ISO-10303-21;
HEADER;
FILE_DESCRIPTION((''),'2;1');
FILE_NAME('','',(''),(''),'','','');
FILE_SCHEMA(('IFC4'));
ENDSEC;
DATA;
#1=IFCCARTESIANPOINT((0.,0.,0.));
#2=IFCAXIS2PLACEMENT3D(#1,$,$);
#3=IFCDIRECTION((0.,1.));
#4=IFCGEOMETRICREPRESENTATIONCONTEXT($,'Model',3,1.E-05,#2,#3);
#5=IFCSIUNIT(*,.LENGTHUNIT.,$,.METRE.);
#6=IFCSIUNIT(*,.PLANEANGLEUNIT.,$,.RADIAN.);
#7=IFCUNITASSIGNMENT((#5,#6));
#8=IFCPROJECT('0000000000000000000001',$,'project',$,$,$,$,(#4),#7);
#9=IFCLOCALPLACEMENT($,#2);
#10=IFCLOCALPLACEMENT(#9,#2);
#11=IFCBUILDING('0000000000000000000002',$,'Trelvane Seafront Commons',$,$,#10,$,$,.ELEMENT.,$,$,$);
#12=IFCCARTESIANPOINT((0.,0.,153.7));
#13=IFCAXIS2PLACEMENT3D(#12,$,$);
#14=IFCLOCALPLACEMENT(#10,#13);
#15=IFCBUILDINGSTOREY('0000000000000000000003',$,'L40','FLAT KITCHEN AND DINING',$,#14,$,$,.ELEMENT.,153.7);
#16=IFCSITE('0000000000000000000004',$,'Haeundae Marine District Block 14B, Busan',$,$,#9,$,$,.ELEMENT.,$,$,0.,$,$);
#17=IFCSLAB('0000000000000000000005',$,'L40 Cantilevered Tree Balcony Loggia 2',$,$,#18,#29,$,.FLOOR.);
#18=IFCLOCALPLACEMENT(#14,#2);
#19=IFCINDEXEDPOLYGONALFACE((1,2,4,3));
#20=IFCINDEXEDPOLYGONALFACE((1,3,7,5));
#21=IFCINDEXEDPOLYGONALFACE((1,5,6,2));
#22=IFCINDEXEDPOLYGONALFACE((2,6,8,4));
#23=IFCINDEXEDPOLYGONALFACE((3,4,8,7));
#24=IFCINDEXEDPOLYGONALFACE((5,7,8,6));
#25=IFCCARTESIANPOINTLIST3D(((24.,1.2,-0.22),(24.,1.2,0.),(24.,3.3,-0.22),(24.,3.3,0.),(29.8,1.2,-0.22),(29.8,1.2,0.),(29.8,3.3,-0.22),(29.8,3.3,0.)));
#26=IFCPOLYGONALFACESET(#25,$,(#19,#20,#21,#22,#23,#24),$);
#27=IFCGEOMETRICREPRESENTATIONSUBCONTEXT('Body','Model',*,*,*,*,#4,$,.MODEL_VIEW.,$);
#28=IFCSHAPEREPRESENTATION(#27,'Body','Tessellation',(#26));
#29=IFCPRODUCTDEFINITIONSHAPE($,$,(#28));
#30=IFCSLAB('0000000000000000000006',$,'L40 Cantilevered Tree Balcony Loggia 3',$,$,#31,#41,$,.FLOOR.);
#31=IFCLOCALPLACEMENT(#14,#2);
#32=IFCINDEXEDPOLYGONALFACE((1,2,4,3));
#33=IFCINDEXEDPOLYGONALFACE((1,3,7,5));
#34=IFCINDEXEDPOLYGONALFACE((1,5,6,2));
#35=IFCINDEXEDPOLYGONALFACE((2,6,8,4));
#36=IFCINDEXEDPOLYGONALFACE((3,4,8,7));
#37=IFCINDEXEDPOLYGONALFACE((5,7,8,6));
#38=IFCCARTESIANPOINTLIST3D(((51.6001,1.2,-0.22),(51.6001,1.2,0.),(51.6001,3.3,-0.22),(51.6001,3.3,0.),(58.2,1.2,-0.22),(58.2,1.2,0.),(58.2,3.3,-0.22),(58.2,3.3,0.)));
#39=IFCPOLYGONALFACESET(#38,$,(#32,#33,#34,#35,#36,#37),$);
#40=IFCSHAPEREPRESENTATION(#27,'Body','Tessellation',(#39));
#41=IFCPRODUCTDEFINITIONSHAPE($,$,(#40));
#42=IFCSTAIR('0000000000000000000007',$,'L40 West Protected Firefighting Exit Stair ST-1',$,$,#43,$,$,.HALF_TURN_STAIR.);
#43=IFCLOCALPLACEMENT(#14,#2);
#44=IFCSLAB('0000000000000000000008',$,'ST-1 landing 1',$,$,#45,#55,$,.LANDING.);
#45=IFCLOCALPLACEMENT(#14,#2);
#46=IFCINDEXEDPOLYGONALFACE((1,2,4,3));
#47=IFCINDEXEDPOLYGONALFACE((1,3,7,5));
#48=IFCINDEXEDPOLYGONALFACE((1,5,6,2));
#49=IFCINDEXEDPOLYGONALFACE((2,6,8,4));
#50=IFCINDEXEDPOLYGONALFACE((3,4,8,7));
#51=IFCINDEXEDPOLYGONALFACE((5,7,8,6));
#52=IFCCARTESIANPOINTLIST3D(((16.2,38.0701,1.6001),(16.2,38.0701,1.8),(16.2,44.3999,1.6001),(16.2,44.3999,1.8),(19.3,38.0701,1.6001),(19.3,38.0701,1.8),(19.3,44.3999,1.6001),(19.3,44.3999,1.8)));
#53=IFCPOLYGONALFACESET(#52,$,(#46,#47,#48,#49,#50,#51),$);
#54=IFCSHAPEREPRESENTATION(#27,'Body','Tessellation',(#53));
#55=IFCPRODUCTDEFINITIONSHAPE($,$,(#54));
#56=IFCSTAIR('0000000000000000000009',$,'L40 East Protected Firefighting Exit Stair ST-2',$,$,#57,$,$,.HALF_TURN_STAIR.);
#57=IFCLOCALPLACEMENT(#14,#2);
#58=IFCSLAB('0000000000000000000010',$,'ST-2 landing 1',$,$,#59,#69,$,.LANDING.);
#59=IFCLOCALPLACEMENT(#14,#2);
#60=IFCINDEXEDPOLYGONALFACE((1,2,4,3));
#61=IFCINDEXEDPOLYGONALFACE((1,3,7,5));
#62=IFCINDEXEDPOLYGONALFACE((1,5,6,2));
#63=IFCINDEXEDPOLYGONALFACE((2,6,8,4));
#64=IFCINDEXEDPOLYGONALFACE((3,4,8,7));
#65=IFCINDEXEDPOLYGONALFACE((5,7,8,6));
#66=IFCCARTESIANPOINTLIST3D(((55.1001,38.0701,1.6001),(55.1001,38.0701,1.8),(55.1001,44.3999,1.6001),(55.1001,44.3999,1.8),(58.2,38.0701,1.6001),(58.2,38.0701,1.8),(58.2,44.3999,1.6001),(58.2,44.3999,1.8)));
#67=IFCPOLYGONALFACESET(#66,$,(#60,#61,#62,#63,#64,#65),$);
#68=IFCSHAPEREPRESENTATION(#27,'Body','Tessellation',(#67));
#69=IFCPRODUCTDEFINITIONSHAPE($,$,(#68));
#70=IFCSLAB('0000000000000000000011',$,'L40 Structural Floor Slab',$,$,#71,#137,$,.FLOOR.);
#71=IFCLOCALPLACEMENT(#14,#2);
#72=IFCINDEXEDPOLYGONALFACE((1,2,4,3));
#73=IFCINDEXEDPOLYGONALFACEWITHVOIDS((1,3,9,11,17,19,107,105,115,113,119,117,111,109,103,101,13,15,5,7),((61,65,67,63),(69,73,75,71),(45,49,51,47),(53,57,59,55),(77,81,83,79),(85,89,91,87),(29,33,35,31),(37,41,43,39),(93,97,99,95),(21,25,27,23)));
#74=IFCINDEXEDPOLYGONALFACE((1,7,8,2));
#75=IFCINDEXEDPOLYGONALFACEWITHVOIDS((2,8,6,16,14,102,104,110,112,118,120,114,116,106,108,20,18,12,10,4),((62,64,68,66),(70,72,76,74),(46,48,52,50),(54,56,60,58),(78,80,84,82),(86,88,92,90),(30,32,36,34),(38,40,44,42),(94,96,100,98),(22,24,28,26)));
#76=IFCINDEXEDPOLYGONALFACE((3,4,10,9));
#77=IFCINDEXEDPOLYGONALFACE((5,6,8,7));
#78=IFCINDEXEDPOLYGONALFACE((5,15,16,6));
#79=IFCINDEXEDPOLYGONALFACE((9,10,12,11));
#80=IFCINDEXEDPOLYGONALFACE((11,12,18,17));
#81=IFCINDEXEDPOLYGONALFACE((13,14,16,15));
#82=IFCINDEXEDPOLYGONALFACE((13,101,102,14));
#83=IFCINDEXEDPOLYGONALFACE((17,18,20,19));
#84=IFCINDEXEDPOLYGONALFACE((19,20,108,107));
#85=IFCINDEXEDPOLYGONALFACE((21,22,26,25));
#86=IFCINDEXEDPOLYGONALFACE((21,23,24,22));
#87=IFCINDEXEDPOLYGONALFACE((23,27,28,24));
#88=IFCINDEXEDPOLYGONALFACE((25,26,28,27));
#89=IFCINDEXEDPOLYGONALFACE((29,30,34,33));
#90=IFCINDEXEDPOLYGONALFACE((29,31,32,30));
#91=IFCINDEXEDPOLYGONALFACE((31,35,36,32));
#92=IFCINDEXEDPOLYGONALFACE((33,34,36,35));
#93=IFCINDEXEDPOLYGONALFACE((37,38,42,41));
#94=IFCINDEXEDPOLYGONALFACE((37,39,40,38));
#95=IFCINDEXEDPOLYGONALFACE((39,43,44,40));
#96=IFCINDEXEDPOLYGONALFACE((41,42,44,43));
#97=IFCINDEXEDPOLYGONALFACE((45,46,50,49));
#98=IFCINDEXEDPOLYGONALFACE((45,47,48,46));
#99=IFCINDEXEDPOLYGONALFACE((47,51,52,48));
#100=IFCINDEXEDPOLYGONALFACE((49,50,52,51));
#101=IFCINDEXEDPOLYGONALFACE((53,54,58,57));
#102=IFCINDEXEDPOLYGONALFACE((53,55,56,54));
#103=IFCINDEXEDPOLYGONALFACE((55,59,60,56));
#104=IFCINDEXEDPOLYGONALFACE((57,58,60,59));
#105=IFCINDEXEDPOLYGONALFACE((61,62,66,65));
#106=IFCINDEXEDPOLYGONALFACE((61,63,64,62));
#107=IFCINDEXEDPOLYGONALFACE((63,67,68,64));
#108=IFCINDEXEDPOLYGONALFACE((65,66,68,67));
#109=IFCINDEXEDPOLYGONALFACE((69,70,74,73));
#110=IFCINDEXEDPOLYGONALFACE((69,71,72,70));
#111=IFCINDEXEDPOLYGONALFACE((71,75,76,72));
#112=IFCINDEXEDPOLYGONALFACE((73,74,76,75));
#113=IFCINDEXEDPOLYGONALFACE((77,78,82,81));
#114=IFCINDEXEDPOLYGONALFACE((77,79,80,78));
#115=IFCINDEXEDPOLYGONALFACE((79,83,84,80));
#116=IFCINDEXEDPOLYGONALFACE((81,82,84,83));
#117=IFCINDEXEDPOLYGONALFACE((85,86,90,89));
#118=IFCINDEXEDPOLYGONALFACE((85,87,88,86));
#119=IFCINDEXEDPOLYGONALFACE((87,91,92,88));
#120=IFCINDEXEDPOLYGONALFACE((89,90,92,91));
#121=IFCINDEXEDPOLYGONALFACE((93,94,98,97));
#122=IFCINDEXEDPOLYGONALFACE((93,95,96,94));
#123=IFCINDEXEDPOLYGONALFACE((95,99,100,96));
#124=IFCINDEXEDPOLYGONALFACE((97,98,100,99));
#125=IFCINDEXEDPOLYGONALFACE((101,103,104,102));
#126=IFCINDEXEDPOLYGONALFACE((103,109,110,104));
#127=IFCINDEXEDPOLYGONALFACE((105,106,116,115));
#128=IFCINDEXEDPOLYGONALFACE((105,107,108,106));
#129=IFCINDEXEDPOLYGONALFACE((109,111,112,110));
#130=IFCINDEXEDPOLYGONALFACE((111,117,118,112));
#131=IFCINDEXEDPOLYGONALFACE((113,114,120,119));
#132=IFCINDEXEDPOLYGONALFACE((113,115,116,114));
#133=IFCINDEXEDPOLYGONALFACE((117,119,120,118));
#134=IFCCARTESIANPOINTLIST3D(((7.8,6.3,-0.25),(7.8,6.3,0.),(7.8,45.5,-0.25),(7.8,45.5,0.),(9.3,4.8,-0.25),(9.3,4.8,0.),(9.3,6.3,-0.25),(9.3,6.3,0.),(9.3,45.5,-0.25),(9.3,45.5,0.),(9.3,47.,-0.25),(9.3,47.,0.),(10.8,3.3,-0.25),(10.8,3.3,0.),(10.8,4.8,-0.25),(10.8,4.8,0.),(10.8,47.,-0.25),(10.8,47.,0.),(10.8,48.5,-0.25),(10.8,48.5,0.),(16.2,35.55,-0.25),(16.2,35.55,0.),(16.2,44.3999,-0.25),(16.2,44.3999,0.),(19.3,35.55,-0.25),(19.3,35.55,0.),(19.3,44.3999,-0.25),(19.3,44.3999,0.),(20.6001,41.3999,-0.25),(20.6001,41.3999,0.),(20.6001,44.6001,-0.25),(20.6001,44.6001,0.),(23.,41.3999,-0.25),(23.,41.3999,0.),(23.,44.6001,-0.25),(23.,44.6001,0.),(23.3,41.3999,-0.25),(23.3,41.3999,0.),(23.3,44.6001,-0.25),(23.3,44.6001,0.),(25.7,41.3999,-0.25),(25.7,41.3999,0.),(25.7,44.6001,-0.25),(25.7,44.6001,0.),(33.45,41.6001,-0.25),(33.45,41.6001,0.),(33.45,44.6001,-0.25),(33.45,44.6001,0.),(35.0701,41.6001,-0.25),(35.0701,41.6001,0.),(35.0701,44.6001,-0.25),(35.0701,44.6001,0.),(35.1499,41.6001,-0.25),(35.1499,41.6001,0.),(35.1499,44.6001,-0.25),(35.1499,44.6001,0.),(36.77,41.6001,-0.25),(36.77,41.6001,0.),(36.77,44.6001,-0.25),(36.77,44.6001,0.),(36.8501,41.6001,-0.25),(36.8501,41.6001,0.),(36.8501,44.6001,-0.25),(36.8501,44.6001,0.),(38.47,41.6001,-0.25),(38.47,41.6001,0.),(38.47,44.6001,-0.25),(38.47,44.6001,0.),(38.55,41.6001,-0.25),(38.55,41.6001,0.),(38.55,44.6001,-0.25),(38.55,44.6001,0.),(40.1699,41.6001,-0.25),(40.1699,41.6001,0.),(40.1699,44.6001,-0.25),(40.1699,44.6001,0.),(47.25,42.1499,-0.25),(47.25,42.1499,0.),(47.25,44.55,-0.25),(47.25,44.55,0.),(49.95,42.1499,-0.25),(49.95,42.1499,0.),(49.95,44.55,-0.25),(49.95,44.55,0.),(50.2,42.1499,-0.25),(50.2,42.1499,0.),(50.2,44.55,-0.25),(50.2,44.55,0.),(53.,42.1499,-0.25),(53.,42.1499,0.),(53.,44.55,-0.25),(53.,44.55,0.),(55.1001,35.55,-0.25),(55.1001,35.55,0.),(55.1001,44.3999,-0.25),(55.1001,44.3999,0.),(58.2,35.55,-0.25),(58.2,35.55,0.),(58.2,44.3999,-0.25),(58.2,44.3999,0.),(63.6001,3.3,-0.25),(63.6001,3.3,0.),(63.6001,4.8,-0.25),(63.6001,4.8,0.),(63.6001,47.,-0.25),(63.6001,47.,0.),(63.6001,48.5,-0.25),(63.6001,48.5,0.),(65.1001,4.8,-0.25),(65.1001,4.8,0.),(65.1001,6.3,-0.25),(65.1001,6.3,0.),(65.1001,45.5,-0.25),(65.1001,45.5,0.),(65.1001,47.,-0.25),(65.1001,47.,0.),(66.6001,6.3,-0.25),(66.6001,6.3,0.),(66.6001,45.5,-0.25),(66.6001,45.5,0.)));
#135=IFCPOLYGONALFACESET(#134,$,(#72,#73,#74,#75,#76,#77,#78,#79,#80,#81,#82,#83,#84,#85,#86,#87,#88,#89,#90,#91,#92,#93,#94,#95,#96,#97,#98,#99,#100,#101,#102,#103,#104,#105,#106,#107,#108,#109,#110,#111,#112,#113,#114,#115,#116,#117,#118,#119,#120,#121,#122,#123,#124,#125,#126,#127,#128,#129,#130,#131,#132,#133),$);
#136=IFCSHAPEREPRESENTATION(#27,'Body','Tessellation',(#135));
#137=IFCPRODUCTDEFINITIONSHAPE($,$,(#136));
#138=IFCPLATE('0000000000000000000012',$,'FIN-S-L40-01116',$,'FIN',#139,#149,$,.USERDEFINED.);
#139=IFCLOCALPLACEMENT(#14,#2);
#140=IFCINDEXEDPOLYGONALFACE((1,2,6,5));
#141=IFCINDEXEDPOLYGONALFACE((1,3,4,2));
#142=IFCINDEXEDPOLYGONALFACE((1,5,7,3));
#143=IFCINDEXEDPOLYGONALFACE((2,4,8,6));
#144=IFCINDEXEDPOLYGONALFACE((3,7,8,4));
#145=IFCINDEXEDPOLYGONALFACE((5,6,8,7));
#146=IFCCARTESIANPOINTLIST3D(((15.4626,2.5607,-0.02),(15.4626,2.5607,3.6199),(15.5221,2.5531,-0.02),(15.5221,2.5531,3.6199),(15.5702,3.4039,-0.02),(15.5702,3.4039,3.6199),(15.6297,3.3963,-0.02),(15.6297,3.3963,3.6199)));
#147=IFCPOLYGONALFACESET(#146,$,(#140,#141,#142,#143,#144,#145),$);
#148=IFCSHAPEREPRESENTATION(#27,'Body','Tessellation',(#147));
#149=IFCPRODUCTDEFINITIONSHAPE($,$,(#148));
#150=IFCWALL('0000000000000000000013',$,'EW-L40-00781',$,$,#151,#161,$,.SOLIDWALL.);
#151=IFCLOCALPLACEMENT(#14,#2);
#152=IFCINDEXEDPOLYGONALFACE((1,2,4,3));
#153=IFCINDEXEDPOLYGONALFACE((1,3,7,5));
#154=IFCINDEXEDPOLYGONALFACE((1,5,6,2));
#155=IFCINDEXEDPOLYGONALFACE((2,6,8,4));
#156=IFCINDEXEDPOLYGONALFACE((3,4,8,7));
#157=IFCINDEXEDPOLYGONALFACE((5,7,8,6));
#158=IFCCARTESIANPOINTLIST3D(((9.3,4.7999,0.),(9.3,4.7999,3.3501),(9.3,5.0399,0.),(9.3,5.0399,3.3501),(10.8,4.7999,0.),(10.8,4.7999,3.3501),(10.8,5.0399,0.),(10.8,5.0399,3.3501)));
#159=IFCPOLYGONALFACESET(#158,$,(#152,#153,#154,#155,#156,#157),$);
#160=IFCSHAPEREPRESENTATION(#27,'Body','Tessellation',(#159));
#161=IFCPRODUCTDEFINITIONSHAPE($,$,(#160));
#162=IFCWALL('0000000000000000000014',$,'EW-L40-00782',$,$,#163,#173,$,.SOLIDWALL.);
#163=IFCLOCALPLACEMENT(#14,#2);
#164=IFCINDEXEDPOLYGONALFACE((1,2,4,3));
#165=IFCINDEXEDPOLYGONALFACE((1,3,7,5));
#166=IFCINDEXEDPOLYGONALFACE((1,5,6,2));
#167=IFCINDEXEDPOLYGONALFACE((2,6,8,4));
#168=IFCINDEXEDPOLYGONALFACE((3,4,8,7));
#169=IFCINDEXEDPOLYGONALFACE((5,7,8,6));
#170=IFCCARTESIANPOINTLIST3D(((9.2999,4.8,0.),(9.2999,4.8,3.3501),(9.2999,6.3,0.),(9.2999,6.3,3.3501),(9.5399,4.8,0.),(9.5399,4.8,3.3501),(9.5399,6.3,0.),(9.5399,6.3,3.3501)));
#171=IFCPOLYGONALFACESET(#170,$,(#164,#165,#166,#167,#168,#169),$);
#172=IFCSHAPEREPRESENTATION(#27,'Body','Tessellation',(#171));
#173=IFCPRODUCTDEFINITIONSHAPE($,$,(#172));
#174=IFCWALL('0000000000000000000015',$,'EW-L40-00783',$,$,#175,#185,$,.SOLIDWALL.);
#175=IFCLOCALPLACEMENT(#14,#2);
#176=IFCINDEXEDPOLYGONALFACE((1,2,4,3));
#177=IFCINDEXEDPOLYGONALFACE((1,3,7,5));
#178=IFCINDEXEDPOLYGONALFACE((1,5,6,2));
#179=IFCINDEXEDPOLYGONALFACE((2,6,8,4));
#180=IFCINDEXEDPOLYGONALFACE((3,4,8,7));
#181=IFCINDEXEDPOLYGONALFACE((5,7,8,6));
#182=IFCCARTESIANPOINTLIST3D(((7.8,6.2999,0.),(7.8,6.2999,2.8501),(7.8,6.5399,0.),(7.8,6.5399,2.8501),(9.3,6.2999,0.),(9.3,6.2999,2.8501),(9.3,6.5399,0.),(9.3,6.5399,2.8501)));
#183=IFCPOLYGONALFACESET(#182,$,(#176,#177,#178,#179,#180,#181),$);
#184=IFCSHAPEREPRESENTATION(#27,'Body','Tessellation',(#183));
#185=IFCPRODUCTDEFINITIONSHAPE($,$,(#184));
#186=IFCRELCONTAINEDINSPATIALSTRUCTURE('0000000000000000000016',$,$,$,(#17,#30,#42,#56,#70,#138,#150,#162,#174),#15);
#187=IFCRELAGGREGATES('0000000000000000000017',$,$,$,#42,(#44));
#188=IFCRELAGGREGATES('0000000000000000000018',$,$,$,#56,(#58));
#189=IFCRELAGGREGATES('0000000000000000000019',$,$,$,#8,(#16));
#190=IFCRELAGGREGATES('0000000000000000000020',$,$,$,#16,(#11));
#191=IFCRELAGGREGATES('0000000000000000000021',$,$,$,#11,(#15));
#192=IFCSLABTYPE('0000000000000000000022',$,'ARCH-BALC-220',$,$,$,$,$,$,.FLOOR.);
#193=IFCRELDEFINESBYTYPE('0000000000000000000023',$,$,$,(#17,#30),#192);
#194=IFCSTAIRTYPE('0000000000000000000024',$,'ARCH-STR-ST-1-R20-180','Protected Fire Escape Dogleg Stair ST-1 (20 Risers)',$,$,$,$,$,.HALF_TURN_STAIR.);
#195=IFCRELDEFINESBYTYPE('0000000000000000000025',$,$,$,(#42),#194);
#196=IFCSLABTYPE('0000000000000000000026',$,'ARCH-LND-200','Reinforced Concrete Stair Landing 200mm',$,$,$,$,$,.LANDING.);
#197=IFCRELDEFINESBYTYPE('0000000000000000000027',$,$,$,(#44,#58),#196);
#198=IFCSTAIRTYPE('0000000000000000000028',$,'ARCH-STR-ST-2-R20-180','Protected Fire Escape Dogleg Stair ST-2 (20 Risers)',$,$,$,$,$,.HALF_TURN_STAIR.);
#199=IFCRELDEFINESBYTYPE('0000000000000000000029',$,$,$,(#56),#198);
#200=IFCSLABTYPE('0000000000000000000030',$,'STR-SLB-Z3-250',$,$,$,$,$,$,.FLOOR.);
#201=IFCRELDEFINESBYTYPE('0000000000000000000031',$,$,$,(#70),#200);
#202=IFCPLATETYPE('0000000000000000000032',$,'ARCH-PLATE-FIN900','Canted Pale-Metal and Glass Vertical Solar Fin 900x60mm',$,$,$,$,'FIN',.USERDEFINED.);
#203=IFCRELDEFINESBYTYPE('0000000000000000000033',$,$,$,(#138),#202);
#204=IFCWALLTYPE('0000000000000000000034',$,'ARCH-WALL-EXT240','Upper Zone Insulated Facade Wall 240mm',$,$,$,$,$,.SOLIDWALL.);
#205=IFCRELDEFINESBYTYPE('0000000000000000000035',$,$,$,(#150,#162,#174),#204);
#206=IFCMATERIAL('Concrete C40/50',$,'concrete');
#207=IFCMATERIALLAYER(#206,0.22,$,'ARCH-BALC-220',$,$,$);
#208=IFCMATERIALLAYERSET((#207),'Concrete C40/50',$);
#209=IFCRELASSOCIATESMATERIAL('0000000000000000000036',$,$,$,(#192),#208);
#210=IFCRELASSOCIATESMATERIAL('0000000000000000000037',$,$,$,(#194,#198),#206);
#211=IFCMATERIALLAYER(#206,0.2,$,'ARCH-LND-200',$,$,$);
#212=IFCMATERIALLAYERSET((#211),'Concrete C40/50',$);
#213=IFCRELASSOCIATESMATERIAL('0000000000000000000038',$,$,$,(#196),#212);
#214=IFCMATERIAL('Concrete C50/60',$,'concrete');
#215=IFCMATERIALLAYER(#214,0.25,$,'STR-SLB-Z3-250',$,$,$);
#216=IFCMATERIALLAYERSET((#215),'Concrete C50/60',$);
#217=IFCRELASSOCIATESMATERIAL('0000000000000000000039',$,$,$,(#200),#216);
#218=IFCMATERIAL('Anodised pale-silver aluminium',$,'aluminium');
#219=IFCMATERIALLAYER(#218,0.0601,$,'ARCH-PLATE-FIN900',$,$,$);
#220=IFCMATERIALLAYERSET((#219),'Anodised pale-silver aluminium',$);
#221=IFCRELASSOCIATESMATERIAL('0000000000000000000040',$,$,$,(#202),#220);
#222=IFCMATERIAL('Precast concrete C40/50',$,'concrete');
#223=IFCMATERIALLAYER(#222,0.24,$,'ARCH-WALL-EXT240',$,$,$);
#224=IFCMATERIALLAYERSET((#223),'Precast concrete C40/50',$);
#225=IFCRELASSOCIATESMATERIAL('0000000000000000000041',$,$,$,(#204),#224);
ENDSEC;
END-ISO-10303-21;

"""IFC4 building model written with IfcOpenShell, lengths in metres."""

from ifc_helpers import new_model, si_unit, direction, frame, frame_2d, origin, origin_2d, place, context, subcontext, project, spatial, polyline, rectangle, outline, extrude, source, transform, mapped, material, layer, layer_set, type_object, element, aggregate, save


model = new_model("IFC4")

# Units and contexts
model_context = context("Model", 3, precision=1e-05, world=origin(), true_north=direction((0.0, 1.0)))
body_context = subcontext(model_context, "Body", "Model", "MODEL_VIEW")
ifc_project = project(units=[si_unit("LENGTHUNIT", "METRE"), si_unit("PLANEANGLEUNIT", "RADIAN")], contexts=[model_context])

# Site, building, storey
site_placement = place(None, origin())
site = spatial("IfcSite", under=ifc_project, at=site_placement, Name="Haeundae Marine District Block 14B, Busan", CompositionType="ELEMENT", RefElevation=0.0)
building_placement = place(site_placement, origin())
building = spatial("IfcBuilding", under=site, at=building_placement, Name="Trelvane Seafront Commons", CompositionType="ELEMENT")
storey_placement = place(building_placement, frame((0.0, 0.0, 153.7)))
storey = spatial("IfcBuildingStorey", under=building, at=storey_placement, Name="L40", Description="FLAT KITCHEN AND DINING", CompositionType="ELEMENT", Elevation=153.7)

# Slabs
ifc_material_1 = material(Name="Concrete C40/50", Category="concrete")
ifc_layer_1 = layer(ifc_material_1, 0.22, Name="ARCH-BALC-220")
ifc_layer_set_1 = layer_set([ifc_layer_1], Name="Concrete C40/50")
slab_type_1 = type_object("IfcSlabType", Name="ARCH-BALC-220", PredefinedType="FLOOR", material=ifc_layer_set_1)
slab_1_placement = place(storey_placement, frame((0.0, 0.0, -0.22)))
element("IfcSlab", 1, at=slab_1_placement, inside=storey, type_object=slab_type_1, Name="L40 Cantilevered Tree Balcony Loggia 2", PredefinedType="FLOOR", context=body_context, shape_type="SweptSolid", body=[
    extrude(outline(polyline([(24.0, 1.2), (29.8, 1.2), (29.8, 3.3), (24.0, 3.3), (24.0, 1.2)])), origin(), (0.0, 0.0, 1.0), 0.22),
])
slab_2_placement = place(storey_placement, frame((0.0, 0.0, -0.22)))
element("IfcSlab", 2, at=slab_2_placement, inside=storey, type_object=slab_type_1, Name="L40 Cantilevered Tree Balcony Loggia 3", PredefinedType="FLOOR", context=body_context, shape_type="SweptSolid", body=[
    extrude(outline(polyline([(51.6001, 1.2), (58.2, 1.2), (58.2, 3.3), (51.6001, 3.3), (51.6001, 1.2)])), origin(), (0.0, 0.0, 1.0), 0.22),
])

# Stairs, slabs
stair_type_1 = type_object("IfcStairType", Name="ARCH-STR-ST-1-R20-180", Description="Protected Fire Escape Dogleg Stair ST-1 (20 Risers)", PredefinedType="HALF_TURN_STAIR", material=ifc_material_1)
stair_1_placement = place(storey_placement, origin())
stair_1 = element("IfcStair", 3, at=stair_1_placement, inside=storey, type_object=stair_type_1, Name="L40 West Protected Firefighting Exit Stair ST-1", PredefinedType="HALF_TURN_STAIR")
ifc_layer_2 = layer(ifc_material_1, 0.2, Name="ARCH-LND-200")
ifc_layer_set_2 = layer_set([ifc_layer_2], Name="Concrete C40/50")
slab_type_2 = type_object("IfcSlabType", Name="ARCH-LND-200", Description="Reinforced Concrete Stair Landing 200mm", PredefinedType="LANDING", material=ifc_layer_set_2)
slab_3_placement = place(storey_placement, frame((0.0, 0.0, 1.6001)))
slab_3 = element("IfcSlab", 4, at=slab_3_placement, type_object=slab_type_2, Name="ST-1 landing 1", PredefinedType="LANDING", context=body_context, shape_type="SweptSolid", body=[
    extrude(outline(polyline([(19.3, 38.0701), (19.3, 44.3999), (16.2, 44.3999), (16.2, 38.0701), (19.3, 38.0701)])), origin(), (0.0, 0.0, 1.0), 0.2),
])
aggregate(stair_1, [slab_3])
stair_type_2 = type_object("IfcStairType", Name="ARCH-STR-ST-2-R20-180", Description="Protected Fire Escape Dogleg Stair ST-2 (20 Risers)", PredefinedType="HALF_TURN_STAIR", material=ifc_material_1)
stair_2_placement = place(storey_placement, origin())
stair_2 = element("IfcStair", 5, at=stair_2_placement, inside=storey, type_object=stair_type_2, Name="L40 East Protected Firefighting Exit Stair ST-2", PredefinedType="HALF_TURN_STAIR")
slab_4_placement = place(storey_placement, frame((0.0, 0.0, 1.6001)))
slab_4 = element("IfcSlab", 6, at=slab_4_placement, type_object=slab_type_2, Name="ST-2 landing 1", PredefinedType="LANDING", context=body_context, shape_type="SweptSolid", body=[
    extrude(outline(polyline([(58.2, 38.0701), (58.2, 44.3999), (55.1001, 44.3999), (55.1001, 38.0701), (58.2, 38.0701)])), origin(), (0.0, 0.0, 1.0), 0.2),
])
aggregate(stair_2, [slab_4])

# Slab
ifc_material_2 = material(Name="Concrete C50/60", Category="concrete")
ifc_layer_3 = layer(ifc_material_2, 0.25, Name="STR-SLB-Z3-250")
ifc_layer_set_3 = layer_set([ifc_layer_3], Name="Concrete C50/60")
slab_type_3 = type_object("IfcSlabType", Name="STR-SLB-Z3-250", PredefinedType="FLOOR", material=ifc_layer_set_3)
slab_5_placement = place(storey_placement, frame((0.0, 0.0, -0.25)))
element("IfcSlab", 7, at=slab_5_placement, inside=storey, type_object=slab_type_3, Name="L40 Structural Floor Slab", PredefinedType="FLOOR", context=body_context, shape_type="SweptSolid", body=[
    extrude(outline(polyline([(10.8, 3.3), (63.6001, 3.3), (63.6001, 4.8), (65.1001, 4.8), (65.1001, 6.3), (66.6001, 6.3), (66.6001, 45.5), (65.1001, 45.5), (65.1001, 47.0), (63.6001, 47.0), (63.6001, 48.5), (10.8, 48.5), (10.8, 47.0), (9.3, 47.0), (9.3, 45.5), (7.8, 45.5), (7.8, 6.3), (9.3, 6.3), (9.3, 4.8), (10.8, 4.8), (10.8, 3.3)]), holes=[polyline([(19.3, 35.55), (16.2, 35.55), (16.2, 44.3999), (19.3, 44.3999), (19.3, 35.55)]), polyline([(58.2, 35.55), (55.1001, 35.55), (55.1001, 44.3999), (58.2, 44.3999), (58.2, 35.55)]), polyline([(23.0, 41.3999), (20.6001, 41.3999), (20.6001, 44.6001), (23.0, 44.6001), (23.0, 41.3999)]), polyline([(23.3, 41.3999), (23.3, 44.6001), (25.7, 44.6001), (25.7, 41.3999), (23.3, 41.3999)]), polyline([(33.45, 41.6001), (33.45, 44.6001), (35.0701, 44.6001), (35.0701, 41.6001), (33.45, 41.6001)]), polyline([(36.77, 41.6001), (35.1499, 41.6001), (35.1499, 44.6001), (36.77, 44.6001), (36.77, 41.6001)]), polyline([(38.47, 41.6001), (36.8501, 41.6001), (36.8501, 44.6001), (38.47, 44.6001), (38.47, 41.6001)]), polyline([(40.1699, 41.6001), (38.55, 41.6001), (38.55, 44.6001), (40.1699, 44.6001), (40.1699, 41.6001)]), polyline([(47.25, 42.1499), (47.25, 44.55), (49.95, 44.55), (49.95, 42.1499), (47.25, 42.1499)]), polyline([(50.2, 42.1499), (50.2, 44.55), (53.0, 44.55), (53.0, 42.1499), (50.2, 42.1499)])]), origin(), (0.0, 0.0, 1.0), 0.25),
])

# Plate
ifc_material_3 = material(Name="Anodised pale-silver aluminium", Category="aluminium")
ifc_layer_4 = layer(ifc_material_3, 0.0601, Name="ARCH-PLATE-FIN900")
ifc_layer_set_4 = layer_set([ifc_layer_4], Name="Anodised pale-silver aluminium")
plate_type = type_object("IfcPlateType", Name="ARCH-PLATE-FIN900", Description="Canted Pale-Metal and Glass Vertical Solar Fin 900x60mm", ElementType="FIN", PredefinedType="USERDEFINED", material=ifc_layer_set_4)
shared_shape_1 = source(origin(), body_context, "Body", "SweptSolid", [
    extrude(rectangle(XDim=0.8501, YDim=0.0601, at=origin_2d()), origin(), (0.0, 0.0, 1.0), 3.6399),
])
plate_placement = place(storey_placement, frame((15.5461, 2.9785, -0.02), z_axis=(0.0, 0.0, 1.0), x_axis=(-0.126583, -0.991956, 0.0)))
element("IfcPlate", 8, at=plate_placement, inside=storey, type_object=plate_type, Name="FIN-S-L40-01116", ObjectType="FIN", PredefinedType="USERDEFINED", context=body_context, shape_type="MappedRepresentation", body=[
    mapped(shared_shape_1, transform((0.0, 0.0, 0.0), x_axis=(1.0, 0.0, 0.0), y_axis=(0.0, 1.0, 0.0), z_axis=(0.0, 0.0, 1.0), scale=1.0)),
])

# Walls
ifc_material_4 = material(Name="Precast concrete C40/50", Category="concrete")
ifc_layer_5 = layer(ifc_material_4, 0.24, Name="ARCH-WALL-EXT240")
ifc_layer_set_5 = layer_set([ifc_layer_5], Name="Precast concrete C40/50")
wall_type_1 = type_object("IfcWallType", Name="ARCH-WALL-EXT240", Description="Upper Zone Insulated Facade Wall 240mm", PredefinedType="SOLIDWALL", material=ifc_layer_set_5)
for number, where, z_axis, x_axis, name in (
    (9, (10.8, 4.9199, 0.0), (0.0, 0.0, 1.0), (-1.0, 0.0, 0.0), "EW-L40-00781"),
    (10, (9.4199, 4.8, 0.0), (0.0, 0.0, 1.0), (0.0, 1.0, 0.0), "EW-L40-00782"),
):
    element("IfcWall", number, at=place(storey_placement, frame(where, z_axis=z_axis, x_axis=x_axis)), inside=storey, type_object=wall_type_1, Name=name, PredefinedType="SOLIDWALL", context=body_context, shape_type="SweptSolid", body=[
        extrude(rectangle(XDim=1.5, YDim=0.24, at=frame_2d((0.75, 0.0))), origin(), (0.0, 0.0, 1.0), 3.3501),
    ])
wall_1_placement = place(storey_placement, frame((9.3, 6.4199, 0.0), z_axis=(0.0, 0.0, 1.0), x_axis=(-1.0, 0.0, 0.0)))
element("IfcWall", 11, at=wall_1_placement, inside=storey, type_object=wall_type_1, Name="EW-L40-00783", PredefinedType="SOLIDWALL", context=body_context, shape_type="SweptSolid", body=[
    extrude(rectangle(XDim=1.5, YDim=0.24, at=frame_2d((0.75, 0.0))), origin(), (0.0, 0.0, 1.0), 2.8501),
])

save(model, "model.ifc")
